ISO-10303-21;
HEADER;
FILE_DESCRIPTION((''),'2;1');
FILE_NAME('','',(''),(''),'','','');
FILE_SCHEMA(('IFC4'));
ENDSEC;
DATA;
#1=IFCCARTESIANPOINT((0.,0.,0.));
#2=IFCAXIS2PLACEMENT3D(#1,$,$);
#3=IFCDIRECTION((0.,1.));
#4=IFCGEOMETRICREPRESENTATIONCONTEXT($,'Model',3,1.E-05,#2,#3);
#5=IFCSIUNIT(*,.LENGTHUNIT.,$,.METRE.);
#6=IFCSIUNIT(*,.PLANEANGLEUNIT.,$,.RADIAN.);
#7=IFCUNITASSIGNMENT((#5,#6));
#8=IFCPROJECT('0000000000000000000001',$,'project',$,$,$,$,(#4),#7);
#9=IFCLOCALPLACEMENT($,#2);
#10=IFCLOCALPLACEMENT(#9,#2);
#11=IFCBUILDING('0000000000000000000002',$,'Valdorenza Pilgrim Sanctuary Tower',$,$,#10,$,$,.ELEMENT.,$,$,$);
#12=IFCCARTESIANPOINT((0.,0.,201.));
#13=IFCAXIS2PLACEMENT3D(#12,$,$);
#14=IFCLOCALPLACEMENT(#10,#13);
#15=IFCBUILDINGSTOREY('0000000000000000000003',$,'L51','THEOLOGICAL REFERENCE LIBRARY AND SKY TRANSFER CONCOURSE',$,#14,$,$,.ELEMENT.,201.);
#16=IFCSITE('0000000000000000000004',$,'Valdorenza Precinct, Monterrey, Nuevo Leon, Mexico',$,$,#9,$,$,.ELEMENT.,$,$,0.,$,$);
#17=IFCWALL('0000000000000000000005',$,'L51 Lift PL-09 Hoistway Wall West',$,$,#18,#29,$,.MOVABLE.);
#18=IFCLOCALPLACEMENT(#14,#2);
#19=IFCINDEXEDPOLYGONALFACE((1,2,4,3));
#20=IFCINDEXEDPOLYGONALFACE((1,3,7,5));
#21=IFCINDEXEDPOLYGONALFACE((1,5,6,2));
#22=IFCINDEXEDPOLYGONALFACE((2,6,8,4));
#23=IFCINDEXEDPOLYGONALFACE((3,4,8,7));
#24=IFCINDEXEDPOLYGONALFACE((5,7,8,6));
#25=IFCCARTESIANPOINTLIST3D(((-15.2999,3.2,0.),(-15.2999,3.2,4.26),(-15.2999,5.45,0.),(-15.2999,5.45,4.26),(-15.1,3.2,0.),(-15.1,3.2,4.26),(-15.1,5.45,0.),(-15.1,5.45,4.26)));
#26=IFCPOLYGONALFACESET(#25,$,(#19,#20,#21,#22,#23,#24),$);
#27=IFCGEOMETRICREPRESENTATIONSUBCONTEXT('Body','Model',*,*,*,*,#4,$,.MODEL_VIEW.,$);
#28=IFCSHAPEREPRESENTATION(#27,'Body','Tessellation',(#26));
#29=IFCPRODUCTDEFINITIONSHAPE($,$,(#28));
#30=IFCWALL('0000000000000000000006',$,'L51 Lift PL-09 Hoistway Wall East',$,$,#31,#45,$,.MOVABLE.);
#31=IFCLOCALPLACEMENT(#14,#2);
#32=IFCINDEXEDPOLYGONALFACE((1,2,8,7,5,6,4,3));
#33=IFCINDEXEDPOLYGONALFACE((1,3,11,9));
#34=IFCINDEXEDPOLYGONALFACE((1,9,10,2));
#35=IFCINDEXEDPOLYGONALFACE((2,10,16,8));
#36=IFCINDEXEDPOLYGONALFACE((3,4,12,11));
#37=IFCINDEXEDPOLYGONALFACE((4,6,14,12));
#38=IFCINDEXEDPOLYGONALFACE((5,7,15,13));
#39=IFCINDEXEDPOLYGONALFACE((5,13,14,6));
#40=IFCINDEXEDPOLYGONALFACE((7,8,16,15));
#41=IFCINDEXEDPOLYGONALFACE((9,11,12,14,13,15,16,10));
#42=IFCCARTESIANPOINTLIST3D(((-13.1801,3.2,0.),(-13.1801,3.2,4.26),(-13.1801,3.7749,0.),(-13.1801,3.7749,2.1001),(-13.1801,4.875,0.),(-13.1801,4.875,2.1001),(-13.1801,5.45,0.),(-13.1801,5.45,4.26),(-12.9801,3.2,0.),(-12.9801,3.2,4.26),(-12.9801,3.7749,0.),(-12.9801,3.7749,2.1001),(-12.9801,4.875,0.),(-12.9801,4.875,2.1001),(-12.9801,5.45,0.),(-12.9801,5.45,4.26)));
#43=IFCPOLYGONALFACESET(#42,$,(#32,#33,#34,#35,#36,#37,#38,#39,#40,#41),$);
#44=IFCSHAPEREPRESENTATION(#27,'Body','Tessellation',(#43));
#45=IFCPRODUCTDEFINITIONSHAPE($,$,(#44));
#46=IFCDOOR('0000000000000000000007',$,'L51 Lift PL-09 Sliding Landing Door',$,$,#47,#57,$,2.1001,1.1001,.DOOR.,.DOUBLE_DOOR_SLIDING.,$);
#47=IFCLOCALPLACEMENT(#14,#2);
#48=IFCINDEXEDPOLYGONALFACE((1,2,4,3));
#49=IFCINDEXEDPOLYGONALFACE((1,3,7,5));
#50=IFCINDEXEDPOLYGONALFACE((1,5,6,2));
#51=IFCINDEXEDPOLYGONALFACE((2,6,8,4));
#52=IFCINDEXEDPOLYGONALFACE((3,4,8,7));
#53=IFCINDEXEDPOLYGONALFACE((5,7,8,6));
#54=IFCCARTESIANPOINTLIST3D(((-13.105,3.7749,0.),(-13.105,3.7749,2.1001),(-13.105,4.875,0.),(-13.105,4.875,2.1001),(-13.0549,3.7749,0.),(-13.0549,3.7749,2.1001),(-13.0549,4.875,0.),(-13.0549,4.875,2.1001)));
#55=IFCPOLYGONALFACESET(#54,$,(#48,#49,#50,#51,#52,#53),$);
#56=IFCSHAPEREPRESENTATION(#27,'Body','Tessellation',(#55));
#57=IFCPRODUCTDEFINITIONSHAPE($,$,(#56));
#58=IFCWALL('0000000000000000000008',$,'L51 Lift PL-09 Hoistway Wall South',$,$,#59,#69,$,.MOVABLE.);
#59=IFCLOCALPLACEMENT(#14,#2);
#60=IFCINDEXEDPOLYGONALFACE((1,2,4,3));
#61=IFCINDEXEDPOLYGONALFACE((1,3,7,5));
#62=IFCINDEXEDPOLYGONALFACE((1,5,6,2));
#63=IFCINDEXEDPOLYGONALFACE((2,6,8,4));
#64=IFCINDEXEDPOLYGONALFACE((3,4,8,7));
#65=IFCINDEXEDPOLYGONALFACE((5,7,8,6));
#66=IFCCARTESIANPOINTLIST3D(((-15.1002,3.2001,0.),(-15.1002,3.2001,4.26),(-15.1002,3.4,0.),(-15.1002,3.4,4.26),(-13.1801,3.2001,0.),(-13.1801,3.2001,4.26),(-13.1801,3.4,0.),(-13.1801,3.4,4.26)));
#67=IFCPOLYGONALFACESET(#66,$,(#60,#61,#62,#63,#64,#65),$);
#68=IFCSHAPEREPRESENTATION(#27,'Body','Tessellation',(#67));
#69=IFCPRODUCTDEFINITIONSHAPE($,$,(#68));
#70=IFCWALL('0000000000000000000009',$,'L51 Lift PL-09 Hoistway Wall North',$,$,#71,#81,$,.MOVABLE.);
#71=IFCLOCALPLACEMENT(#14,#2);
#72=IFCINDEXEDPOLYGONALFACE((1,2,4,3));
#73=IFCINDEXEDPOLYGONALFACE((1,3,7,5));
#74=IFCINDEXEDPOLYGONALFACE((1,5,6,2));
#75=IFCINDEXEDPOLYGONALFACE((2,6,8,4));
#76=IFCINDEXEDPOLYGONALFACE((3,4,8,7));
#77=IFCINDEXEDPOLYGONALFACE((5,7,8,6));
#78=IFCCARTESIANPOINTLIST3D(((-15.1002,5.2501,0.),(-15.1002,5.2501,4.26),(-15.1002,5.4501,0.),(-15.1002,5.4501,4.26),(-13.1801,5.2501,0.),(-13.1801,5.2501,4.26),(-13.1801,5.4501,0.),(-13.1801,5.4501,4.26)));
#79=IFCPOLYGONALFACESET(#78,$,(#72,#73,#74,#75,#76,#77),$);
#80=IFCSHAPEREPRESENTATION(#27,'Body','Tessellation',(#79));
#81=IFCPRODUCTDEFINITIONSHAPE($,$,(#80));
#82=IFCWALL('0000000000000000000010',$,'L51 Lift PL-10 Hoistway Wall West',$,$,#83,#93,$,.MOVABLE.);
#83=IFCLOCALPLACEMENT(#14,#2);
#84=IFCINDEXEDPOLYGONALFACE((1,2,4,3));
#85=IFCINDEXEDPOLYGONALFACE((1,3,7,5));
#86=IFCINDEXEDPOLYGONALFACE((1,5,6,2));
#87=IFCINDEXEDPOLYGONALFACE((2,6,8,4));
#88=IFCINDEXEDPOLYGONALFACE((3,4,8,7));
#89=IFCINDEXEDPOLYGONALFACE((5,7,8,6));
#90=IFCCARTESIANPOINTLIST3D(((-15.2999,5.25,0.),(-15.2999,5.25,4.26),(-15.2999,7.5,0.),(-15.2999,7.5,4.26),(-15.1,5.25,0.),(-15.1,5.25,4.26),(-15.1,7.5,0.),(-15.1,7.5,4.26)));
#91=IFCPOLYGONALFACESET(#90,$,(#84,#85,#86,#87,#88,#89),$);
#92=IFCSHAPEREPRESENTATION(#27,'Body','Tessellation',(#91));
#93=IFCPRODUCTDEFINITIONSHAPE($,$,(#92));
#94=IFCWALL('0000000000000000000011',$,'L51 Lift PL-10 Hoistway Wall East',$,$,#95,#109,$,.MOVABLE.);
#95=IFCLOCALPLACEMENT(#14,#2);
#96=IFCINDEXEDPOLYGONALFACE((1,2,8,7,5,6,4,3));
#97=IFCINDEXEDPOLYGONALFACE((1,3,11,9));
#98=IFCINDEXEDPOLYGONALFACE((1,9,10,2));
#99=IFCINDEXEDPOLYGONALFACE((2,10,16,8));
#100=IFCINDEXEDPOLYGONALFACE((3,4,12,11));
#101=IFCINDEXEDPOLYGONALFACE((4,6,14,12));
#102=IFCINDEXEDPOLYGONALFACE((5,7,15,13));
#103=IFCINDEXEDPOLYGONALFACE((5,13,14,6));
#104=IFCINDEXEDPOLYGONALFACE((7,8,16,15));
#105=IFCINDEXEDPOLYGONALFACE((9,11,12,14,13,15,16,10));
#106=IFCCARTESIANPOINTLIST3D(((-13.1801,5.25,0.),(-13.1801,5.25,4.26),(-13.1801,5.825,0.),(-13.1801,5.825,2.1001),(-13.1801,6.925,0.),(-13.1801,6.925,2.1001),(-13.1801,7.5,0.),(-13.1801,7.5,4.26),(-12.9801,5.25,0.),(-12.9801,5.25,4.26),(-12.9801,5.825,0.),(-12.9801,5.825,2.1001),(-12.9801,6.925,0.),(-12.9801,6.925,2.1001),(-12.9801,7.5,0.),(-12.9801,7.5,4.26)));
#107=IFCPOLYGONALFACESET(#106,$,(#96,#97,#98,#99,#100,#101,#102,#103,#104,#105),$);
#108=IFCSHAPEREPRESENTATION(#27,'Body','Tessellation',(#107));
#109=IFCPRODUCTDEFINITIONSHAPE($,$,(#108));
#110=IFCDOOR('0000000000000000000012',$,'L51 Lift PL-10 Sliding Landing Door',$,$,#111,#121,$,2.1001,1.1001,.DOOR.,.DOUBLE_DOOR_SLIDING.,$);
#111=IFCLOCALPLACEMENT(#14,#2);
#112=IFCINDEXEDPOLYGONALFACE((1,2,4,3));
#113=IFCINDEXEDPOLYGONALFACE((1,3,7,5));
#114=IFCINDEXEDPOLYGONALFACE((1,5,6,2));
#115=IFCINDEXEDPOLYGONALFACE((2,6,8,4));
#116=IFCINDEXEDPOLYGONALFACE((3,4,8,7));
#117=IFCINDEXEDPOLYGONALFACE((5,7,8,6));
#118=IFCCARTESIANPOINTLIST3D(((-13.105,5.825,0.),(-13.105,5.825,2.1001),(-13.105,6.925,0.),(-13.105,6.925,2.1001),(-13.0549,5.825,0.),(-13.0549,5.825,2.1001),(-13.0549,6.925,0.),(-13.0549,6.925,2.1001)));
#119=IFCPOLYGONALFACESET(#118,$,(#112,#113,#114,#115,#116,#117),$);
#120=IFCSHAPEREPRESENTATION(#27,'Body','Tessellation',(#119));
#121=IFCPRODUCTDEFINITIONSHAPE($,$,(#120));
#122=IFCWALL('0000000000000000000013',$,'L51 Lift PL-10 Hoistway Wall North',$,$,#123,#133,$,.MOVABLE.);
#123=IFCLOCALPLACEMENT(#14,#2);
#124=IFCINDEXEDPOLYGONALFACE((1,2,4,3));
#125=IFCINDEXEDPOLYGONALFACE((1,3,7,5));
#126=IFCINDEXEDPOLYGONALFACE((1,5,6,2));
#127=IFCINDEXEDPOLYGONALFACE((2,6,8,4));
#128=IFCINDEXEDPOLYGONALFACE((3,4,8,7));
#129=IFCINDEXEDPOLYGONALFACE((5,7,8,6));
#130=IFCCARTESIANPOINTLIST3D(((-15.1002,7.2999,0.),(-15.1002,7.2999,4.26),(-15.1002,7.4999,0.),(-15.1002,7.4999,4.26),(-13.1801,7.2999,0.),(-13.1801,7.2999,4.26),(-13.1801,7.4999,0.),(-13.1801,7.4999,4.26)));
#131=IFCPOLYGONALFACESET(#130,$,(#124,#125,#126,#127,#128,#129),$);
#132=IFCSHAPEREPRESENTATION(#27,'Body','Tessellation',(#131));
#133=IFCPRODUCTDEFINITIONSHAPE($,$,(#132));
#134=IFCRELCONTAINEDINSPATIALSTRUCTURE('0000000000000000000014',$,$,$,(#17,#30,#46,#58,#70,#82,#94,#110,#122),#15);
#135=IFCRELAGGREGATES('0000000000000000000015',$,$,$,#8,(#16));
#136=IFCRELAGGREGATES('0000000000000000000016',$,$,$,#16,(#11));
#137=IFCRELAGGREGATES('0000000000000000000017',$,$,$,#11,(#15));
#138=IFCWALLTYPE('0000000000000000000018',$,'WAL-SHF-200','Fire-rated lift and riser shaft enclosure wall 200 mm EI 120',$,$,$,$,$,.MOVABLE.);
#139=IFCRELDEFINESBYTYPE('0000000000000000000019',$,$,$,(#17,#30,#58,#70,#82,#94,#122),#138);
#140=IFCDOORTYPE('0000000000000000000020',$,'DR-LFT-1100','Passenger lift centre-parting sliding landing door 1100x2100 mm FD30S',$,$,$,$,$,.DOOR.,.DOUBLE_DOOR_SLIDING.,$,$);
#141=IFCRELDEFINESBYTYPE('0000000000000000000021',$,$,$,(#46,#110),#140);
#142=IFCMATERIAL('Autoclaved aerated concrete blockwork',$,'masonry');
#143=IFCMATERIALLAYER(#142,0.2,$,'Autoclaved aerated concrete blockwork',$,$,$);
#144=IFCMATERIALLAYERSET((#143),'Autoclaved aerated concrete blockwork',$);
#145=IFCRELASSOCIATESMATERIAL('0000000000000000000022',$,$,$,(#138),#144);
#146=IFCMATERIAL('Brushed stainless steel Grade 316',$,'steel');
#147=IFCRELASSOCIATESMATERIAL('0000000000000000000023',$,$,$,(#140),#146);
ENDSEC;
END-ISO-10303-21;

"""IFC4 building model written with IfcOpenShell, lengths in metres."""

from ifc_helpers import new_model, si_unit, direction, frame, frame_2d, origin, place, context, subcontext, project, spatial, rectangle, extrude, material, layer, layer_set, type_object, element, fill, save


model = new_model("IFC4")

# Units and contexts
model_context = context("Model", 3, precision=1e-05, world=origin(), true_north=direction((0.0, 1.0)))
body_context = subcontext(model_context, "Body", "Model", "MODEL_VIEW")
ifc_project = project(units=[si_unit("LENGTHUNIT", "METRE"), si_unit("PLANEANGLEUNIT", "RADIAN")], contexts=[model_context])

# Site, building, storey
site_placement = place(None, origin())
site = spatial("IfcSite", under=ifc_project, at=site_placement, Name="Valdorenza Precinct, Monterrey, Nuevo Leon, Mexico", CompositionType="ELEMENT", RefElevation=0.0)
building_placement = place(site_placement, origin())
building = spatial("IfcBuilding", under=site, at=building_placement, Name="Valdorenza Pilgrim Sanctuary Tower", CompositionType="ELEMENT")
storey_placement = place(building_placement, frame((0.0, 0.0, 201.0)))
storey = spatial("IfcBuildingStorey", under=building, at=storey_placement, Name="L51", Description="THEOLOGICAL REFERENCE LIBRARY AND SKY TRANSFER CONCOURSE", CompositionType="ELEMENT", Elevation=201.0)

# Shared definitions
ifc_material_1 = material(Name="Autoclaved aerated concrete blockwork", Category="masonry")
ifc_layer_1 = layer(ifc_material_1, 0.2, Name="Autoclaved aerated concrete blockwork")
ifc_layer_set_1 = layer_set([ifc_layer_1], Name="Autoclaved aerated concrete blockwork")
wall_type_1 = type_object("IfcWallType", Name="WAL-SHF-200", Description="Fire-rated lift and riser shaft enclosure wall 200 mm EI 120", PredefinedType="MOVABLE", material=ifc_layer_set_1)

# Shared definitions
ifc_material_2 = material(Name="Brushed stainless steel Grade 316", Category="steel")

# Shared definitions
door_type_1 = type_object("IfcDoorType", Name="DR-LFT-1100", Description="Passenger lift centre-parting sliding landing door 1100x2100 mm FD30S", OperationType="DOUBLE_DOOR_SLIDING", PredefinedType="DOOR", material=ifc_material_2)

# Wall
wall_1_placement = place(storey_placement, frame((-15.2, 3.2, 0.0), z_axis=(0.0, 0.0, 1.0), x_axis=(0.0, 1.0, 0.0)))
element("IfcWall", 1, at=wall_1_placement, inside=storey, type_object=wall_type_1, Name="L51 Lift PL-09 Hoistway Wall West", PredefinedType="MOVABLE", context=body_context, shape_type="SweptSolid", body=[
    extrude(rectangle(XDim=2.25, YDim=0.2, at=frame_2d((1.125, 0.0))), origin(), (0.0, 0.0, 1.0), 4.26),
])

# Wall, opening, door
wall_2_placement = place(storey_placement, frame((-13.0801, 3.2, 0.0), z_axis=(0.0, 0.0, 1.0), x_axis=(0.0, 1.0, 0.0)))
wall_2 = element("IfcWall", 2, at=wall_2_placement, inside=storey, type_object=wall_type_1, Name="L51 Lift PL-09 Hoistway Wall East", PredefinedType="MOVABLE", context=body_context, shape_type="SweptSolid", body=[
    extrude(rectangle(XDim=2.25, YDim=0.2, at=frame_2d((1.125, 0.0))), origin(), (0.0, 0.0, 1.0), 4.26),
])
opening_1_placement = place(wall_2_placement, frame((0.575, 0.0, 0.0)))
opening_1 = element("IfcOpeningElement", 3, at=opening_1_placement, cuts=wall_2, PredefinedType="OPENING", context=body_context, shape_type="SweptSolid", body=[
    extrude(rectangle(XDim=1.1001, YDim=2.1001, at=frame_2d((0.55, 1.05))), frame((0.0, 0.1147, 0.0), z_axis=(0.0, -1.0, 0.0), x_axis=(1.0, 0.0, 0.0)), (0.0, 0.0, 1.0), 0.2297),
])
door_1_placement = place(opening_1_placement, origin())
door_1 = element("IfcDoor", 4, at=door_1_placement, inside=storey, type_object=door_type_1, Name="L51 Lift PL-09 Sliding Landing Door", OperationType="DOUBLE_DOOR_SLIDING", OverallHeight=2.1001, OverallWidth=1.1001, PredefinedType="DOOR", context=body_context, shape_type="SweptSolid", body=[
    extrude(rectangle(XDim=1.1001, YDim=2.1001, at=frame_2d((0.55, 1.05))), frame((0.0, 0.0249, 0.0), z_axis=(0.0, -1.0, 0.0), x_axis=(1.0, 0.0, 0.0)), (0.0, 0.0, 1.0), 0.05),
])
fill(opening_1, door_1)

# Walls
for number, where, z_axis, x_axis, name in (
    (5, (-15.1001, 3.3, 0.0), (0.0, 0.0, 1.0), (1.0, 0.0, 0.0), "L51 Lift PL-09 Hoistway Wall South"),
    (6, (-15.1001, 5.3501, 0.0), (0.0, 0.0, 1.0), (1.0, 0.0, 0.0), "L51 Lift PL-09 Hoistway Wall North"),
):
    element("IfcWall", number, at=place(storey_placement, frame(where, z_axis=z_axis, x_axis=x_axis)), inside=storey, type_object=wall_type_1, Name=name, PredefinedType="MOVABLE", context=body_context, shape_type="SweptSolid", body=[
        extrude(rectangle(XDim=1.9202, YDim=0.2, at=frame_2d((0.96, 0.0))), origin(), (0.0, 0.0, 1.0), 4.26),
    ])
wall_3_placement = place(storey_placement, frame((-15.2, 5.25, 0.0), z_axis=(0.0, 0.0, 1.0), x_axis=(0.0, 1.0, 0.0)))
element("IfcWall", 7, at=wall_3_placement, inside=storey, type_object=wall_type_1, Name="L51 Lift PL-10 Hoistway Wall West", PredefinedType="MOVABLE", context=body_context, shape_type="SweptSolid", body=[
    extrude(rectangle(XDim=2.25, YDim=0.2, at=frame_2d((1.125, 0.0))), origin(), (0.0, 0.0, 1.0), 4.26),
])

# Wall, opening, door
wall_4_placement = place(storey_placement, frame((-13.0801, 5.25, 0.0), z_axis=(0.0, 0.0, 1.0), x_axis=(0.0, 1.0, 0.0)))
wall_4 = element("IfcWall", 8, at=wall_4_placement, inside=storey, type_object=wall_type_1, Name="L51 Lift PL-10 Hoistway Wall East", PredefinedType="MOVABLE", context=body_context, shape_type="SweptSolid", body=[
    extrude(rectangle(XDim=2.25, YDim=0.2, at=frame_2d((1.125, 0.0))), origin(), (0.0, 0.0, 1.0), 4.26),
])
opening_2_placement = place(wall_4_placement, frame((0.575, 0.0, 0.0)))
opening_2 = element("IfcOpeningElement", 9, at=opening_2_placement, cuts=wall_4, PredefinedType="OPENING", context=body_context, shape_type="SweptSolid", body=[
    extrude(rectangle(XDim=1.1001, YDim=2.1001, at=frame_2d((0.55, 1.05))), frame((0.0, 0.1147, 0.0), z_axis=(0.0, -1.0, 0.0), x_axis=(1.0, 0.0, 0.0)), (0.0, 0.0, 1.0), 0.2297),
])
door_2_placement = place(opening_2_placement, origin())
door_2 = element("IfcDoor", 10, at=door_2_placement, inside=storey, type_object=door_type_1, Name="L51 Lift PL-10 Sliding Landing Door", OperationType="DOUBLE_DOOR_SLIDING", OverallHeight=2.1001, OverallWidth=1.1001, PredefinedType="DOOR", context=body_context, shape_type="SweptSolid", body=[
    extrude(rectangle(XDim=1.1001, YDim=2.1001, at=frame_2d((0.55, 1.05))), frame((0.0, 0.0249, 0.0), z_axis=(0.0, -1.0, 0.0), x_axis=(1.0, 0.0, 0.0)), (0.0, 0.0, 1.0), 0.05),
])
fill(opening_2, door_2)

# Wall
wall_5_placement = place(storey_placement, frame((-15.1001, 7.3999, 0.0), z_axis=(0.0, 0.0, 1.0), x_axis=(1.0, 0.0, 0.0)))
element("IfcWall", 11, at=wall_5_placement, inside=storey, type_object=wall_type_1, Name="L51 Lift PL-10 Hoistway Wall North", PredefinedType="MOVABLE", context=body_context, shape_type="SweptSolid", body=[
    extrude(rectangle(XDim=1.9202, YDim=0.2, at=frame_2d((0.96, 0.0))), origin(), (0.0, 0.0, 1.0), 4.26),
])

save(model, "model.ifc")
